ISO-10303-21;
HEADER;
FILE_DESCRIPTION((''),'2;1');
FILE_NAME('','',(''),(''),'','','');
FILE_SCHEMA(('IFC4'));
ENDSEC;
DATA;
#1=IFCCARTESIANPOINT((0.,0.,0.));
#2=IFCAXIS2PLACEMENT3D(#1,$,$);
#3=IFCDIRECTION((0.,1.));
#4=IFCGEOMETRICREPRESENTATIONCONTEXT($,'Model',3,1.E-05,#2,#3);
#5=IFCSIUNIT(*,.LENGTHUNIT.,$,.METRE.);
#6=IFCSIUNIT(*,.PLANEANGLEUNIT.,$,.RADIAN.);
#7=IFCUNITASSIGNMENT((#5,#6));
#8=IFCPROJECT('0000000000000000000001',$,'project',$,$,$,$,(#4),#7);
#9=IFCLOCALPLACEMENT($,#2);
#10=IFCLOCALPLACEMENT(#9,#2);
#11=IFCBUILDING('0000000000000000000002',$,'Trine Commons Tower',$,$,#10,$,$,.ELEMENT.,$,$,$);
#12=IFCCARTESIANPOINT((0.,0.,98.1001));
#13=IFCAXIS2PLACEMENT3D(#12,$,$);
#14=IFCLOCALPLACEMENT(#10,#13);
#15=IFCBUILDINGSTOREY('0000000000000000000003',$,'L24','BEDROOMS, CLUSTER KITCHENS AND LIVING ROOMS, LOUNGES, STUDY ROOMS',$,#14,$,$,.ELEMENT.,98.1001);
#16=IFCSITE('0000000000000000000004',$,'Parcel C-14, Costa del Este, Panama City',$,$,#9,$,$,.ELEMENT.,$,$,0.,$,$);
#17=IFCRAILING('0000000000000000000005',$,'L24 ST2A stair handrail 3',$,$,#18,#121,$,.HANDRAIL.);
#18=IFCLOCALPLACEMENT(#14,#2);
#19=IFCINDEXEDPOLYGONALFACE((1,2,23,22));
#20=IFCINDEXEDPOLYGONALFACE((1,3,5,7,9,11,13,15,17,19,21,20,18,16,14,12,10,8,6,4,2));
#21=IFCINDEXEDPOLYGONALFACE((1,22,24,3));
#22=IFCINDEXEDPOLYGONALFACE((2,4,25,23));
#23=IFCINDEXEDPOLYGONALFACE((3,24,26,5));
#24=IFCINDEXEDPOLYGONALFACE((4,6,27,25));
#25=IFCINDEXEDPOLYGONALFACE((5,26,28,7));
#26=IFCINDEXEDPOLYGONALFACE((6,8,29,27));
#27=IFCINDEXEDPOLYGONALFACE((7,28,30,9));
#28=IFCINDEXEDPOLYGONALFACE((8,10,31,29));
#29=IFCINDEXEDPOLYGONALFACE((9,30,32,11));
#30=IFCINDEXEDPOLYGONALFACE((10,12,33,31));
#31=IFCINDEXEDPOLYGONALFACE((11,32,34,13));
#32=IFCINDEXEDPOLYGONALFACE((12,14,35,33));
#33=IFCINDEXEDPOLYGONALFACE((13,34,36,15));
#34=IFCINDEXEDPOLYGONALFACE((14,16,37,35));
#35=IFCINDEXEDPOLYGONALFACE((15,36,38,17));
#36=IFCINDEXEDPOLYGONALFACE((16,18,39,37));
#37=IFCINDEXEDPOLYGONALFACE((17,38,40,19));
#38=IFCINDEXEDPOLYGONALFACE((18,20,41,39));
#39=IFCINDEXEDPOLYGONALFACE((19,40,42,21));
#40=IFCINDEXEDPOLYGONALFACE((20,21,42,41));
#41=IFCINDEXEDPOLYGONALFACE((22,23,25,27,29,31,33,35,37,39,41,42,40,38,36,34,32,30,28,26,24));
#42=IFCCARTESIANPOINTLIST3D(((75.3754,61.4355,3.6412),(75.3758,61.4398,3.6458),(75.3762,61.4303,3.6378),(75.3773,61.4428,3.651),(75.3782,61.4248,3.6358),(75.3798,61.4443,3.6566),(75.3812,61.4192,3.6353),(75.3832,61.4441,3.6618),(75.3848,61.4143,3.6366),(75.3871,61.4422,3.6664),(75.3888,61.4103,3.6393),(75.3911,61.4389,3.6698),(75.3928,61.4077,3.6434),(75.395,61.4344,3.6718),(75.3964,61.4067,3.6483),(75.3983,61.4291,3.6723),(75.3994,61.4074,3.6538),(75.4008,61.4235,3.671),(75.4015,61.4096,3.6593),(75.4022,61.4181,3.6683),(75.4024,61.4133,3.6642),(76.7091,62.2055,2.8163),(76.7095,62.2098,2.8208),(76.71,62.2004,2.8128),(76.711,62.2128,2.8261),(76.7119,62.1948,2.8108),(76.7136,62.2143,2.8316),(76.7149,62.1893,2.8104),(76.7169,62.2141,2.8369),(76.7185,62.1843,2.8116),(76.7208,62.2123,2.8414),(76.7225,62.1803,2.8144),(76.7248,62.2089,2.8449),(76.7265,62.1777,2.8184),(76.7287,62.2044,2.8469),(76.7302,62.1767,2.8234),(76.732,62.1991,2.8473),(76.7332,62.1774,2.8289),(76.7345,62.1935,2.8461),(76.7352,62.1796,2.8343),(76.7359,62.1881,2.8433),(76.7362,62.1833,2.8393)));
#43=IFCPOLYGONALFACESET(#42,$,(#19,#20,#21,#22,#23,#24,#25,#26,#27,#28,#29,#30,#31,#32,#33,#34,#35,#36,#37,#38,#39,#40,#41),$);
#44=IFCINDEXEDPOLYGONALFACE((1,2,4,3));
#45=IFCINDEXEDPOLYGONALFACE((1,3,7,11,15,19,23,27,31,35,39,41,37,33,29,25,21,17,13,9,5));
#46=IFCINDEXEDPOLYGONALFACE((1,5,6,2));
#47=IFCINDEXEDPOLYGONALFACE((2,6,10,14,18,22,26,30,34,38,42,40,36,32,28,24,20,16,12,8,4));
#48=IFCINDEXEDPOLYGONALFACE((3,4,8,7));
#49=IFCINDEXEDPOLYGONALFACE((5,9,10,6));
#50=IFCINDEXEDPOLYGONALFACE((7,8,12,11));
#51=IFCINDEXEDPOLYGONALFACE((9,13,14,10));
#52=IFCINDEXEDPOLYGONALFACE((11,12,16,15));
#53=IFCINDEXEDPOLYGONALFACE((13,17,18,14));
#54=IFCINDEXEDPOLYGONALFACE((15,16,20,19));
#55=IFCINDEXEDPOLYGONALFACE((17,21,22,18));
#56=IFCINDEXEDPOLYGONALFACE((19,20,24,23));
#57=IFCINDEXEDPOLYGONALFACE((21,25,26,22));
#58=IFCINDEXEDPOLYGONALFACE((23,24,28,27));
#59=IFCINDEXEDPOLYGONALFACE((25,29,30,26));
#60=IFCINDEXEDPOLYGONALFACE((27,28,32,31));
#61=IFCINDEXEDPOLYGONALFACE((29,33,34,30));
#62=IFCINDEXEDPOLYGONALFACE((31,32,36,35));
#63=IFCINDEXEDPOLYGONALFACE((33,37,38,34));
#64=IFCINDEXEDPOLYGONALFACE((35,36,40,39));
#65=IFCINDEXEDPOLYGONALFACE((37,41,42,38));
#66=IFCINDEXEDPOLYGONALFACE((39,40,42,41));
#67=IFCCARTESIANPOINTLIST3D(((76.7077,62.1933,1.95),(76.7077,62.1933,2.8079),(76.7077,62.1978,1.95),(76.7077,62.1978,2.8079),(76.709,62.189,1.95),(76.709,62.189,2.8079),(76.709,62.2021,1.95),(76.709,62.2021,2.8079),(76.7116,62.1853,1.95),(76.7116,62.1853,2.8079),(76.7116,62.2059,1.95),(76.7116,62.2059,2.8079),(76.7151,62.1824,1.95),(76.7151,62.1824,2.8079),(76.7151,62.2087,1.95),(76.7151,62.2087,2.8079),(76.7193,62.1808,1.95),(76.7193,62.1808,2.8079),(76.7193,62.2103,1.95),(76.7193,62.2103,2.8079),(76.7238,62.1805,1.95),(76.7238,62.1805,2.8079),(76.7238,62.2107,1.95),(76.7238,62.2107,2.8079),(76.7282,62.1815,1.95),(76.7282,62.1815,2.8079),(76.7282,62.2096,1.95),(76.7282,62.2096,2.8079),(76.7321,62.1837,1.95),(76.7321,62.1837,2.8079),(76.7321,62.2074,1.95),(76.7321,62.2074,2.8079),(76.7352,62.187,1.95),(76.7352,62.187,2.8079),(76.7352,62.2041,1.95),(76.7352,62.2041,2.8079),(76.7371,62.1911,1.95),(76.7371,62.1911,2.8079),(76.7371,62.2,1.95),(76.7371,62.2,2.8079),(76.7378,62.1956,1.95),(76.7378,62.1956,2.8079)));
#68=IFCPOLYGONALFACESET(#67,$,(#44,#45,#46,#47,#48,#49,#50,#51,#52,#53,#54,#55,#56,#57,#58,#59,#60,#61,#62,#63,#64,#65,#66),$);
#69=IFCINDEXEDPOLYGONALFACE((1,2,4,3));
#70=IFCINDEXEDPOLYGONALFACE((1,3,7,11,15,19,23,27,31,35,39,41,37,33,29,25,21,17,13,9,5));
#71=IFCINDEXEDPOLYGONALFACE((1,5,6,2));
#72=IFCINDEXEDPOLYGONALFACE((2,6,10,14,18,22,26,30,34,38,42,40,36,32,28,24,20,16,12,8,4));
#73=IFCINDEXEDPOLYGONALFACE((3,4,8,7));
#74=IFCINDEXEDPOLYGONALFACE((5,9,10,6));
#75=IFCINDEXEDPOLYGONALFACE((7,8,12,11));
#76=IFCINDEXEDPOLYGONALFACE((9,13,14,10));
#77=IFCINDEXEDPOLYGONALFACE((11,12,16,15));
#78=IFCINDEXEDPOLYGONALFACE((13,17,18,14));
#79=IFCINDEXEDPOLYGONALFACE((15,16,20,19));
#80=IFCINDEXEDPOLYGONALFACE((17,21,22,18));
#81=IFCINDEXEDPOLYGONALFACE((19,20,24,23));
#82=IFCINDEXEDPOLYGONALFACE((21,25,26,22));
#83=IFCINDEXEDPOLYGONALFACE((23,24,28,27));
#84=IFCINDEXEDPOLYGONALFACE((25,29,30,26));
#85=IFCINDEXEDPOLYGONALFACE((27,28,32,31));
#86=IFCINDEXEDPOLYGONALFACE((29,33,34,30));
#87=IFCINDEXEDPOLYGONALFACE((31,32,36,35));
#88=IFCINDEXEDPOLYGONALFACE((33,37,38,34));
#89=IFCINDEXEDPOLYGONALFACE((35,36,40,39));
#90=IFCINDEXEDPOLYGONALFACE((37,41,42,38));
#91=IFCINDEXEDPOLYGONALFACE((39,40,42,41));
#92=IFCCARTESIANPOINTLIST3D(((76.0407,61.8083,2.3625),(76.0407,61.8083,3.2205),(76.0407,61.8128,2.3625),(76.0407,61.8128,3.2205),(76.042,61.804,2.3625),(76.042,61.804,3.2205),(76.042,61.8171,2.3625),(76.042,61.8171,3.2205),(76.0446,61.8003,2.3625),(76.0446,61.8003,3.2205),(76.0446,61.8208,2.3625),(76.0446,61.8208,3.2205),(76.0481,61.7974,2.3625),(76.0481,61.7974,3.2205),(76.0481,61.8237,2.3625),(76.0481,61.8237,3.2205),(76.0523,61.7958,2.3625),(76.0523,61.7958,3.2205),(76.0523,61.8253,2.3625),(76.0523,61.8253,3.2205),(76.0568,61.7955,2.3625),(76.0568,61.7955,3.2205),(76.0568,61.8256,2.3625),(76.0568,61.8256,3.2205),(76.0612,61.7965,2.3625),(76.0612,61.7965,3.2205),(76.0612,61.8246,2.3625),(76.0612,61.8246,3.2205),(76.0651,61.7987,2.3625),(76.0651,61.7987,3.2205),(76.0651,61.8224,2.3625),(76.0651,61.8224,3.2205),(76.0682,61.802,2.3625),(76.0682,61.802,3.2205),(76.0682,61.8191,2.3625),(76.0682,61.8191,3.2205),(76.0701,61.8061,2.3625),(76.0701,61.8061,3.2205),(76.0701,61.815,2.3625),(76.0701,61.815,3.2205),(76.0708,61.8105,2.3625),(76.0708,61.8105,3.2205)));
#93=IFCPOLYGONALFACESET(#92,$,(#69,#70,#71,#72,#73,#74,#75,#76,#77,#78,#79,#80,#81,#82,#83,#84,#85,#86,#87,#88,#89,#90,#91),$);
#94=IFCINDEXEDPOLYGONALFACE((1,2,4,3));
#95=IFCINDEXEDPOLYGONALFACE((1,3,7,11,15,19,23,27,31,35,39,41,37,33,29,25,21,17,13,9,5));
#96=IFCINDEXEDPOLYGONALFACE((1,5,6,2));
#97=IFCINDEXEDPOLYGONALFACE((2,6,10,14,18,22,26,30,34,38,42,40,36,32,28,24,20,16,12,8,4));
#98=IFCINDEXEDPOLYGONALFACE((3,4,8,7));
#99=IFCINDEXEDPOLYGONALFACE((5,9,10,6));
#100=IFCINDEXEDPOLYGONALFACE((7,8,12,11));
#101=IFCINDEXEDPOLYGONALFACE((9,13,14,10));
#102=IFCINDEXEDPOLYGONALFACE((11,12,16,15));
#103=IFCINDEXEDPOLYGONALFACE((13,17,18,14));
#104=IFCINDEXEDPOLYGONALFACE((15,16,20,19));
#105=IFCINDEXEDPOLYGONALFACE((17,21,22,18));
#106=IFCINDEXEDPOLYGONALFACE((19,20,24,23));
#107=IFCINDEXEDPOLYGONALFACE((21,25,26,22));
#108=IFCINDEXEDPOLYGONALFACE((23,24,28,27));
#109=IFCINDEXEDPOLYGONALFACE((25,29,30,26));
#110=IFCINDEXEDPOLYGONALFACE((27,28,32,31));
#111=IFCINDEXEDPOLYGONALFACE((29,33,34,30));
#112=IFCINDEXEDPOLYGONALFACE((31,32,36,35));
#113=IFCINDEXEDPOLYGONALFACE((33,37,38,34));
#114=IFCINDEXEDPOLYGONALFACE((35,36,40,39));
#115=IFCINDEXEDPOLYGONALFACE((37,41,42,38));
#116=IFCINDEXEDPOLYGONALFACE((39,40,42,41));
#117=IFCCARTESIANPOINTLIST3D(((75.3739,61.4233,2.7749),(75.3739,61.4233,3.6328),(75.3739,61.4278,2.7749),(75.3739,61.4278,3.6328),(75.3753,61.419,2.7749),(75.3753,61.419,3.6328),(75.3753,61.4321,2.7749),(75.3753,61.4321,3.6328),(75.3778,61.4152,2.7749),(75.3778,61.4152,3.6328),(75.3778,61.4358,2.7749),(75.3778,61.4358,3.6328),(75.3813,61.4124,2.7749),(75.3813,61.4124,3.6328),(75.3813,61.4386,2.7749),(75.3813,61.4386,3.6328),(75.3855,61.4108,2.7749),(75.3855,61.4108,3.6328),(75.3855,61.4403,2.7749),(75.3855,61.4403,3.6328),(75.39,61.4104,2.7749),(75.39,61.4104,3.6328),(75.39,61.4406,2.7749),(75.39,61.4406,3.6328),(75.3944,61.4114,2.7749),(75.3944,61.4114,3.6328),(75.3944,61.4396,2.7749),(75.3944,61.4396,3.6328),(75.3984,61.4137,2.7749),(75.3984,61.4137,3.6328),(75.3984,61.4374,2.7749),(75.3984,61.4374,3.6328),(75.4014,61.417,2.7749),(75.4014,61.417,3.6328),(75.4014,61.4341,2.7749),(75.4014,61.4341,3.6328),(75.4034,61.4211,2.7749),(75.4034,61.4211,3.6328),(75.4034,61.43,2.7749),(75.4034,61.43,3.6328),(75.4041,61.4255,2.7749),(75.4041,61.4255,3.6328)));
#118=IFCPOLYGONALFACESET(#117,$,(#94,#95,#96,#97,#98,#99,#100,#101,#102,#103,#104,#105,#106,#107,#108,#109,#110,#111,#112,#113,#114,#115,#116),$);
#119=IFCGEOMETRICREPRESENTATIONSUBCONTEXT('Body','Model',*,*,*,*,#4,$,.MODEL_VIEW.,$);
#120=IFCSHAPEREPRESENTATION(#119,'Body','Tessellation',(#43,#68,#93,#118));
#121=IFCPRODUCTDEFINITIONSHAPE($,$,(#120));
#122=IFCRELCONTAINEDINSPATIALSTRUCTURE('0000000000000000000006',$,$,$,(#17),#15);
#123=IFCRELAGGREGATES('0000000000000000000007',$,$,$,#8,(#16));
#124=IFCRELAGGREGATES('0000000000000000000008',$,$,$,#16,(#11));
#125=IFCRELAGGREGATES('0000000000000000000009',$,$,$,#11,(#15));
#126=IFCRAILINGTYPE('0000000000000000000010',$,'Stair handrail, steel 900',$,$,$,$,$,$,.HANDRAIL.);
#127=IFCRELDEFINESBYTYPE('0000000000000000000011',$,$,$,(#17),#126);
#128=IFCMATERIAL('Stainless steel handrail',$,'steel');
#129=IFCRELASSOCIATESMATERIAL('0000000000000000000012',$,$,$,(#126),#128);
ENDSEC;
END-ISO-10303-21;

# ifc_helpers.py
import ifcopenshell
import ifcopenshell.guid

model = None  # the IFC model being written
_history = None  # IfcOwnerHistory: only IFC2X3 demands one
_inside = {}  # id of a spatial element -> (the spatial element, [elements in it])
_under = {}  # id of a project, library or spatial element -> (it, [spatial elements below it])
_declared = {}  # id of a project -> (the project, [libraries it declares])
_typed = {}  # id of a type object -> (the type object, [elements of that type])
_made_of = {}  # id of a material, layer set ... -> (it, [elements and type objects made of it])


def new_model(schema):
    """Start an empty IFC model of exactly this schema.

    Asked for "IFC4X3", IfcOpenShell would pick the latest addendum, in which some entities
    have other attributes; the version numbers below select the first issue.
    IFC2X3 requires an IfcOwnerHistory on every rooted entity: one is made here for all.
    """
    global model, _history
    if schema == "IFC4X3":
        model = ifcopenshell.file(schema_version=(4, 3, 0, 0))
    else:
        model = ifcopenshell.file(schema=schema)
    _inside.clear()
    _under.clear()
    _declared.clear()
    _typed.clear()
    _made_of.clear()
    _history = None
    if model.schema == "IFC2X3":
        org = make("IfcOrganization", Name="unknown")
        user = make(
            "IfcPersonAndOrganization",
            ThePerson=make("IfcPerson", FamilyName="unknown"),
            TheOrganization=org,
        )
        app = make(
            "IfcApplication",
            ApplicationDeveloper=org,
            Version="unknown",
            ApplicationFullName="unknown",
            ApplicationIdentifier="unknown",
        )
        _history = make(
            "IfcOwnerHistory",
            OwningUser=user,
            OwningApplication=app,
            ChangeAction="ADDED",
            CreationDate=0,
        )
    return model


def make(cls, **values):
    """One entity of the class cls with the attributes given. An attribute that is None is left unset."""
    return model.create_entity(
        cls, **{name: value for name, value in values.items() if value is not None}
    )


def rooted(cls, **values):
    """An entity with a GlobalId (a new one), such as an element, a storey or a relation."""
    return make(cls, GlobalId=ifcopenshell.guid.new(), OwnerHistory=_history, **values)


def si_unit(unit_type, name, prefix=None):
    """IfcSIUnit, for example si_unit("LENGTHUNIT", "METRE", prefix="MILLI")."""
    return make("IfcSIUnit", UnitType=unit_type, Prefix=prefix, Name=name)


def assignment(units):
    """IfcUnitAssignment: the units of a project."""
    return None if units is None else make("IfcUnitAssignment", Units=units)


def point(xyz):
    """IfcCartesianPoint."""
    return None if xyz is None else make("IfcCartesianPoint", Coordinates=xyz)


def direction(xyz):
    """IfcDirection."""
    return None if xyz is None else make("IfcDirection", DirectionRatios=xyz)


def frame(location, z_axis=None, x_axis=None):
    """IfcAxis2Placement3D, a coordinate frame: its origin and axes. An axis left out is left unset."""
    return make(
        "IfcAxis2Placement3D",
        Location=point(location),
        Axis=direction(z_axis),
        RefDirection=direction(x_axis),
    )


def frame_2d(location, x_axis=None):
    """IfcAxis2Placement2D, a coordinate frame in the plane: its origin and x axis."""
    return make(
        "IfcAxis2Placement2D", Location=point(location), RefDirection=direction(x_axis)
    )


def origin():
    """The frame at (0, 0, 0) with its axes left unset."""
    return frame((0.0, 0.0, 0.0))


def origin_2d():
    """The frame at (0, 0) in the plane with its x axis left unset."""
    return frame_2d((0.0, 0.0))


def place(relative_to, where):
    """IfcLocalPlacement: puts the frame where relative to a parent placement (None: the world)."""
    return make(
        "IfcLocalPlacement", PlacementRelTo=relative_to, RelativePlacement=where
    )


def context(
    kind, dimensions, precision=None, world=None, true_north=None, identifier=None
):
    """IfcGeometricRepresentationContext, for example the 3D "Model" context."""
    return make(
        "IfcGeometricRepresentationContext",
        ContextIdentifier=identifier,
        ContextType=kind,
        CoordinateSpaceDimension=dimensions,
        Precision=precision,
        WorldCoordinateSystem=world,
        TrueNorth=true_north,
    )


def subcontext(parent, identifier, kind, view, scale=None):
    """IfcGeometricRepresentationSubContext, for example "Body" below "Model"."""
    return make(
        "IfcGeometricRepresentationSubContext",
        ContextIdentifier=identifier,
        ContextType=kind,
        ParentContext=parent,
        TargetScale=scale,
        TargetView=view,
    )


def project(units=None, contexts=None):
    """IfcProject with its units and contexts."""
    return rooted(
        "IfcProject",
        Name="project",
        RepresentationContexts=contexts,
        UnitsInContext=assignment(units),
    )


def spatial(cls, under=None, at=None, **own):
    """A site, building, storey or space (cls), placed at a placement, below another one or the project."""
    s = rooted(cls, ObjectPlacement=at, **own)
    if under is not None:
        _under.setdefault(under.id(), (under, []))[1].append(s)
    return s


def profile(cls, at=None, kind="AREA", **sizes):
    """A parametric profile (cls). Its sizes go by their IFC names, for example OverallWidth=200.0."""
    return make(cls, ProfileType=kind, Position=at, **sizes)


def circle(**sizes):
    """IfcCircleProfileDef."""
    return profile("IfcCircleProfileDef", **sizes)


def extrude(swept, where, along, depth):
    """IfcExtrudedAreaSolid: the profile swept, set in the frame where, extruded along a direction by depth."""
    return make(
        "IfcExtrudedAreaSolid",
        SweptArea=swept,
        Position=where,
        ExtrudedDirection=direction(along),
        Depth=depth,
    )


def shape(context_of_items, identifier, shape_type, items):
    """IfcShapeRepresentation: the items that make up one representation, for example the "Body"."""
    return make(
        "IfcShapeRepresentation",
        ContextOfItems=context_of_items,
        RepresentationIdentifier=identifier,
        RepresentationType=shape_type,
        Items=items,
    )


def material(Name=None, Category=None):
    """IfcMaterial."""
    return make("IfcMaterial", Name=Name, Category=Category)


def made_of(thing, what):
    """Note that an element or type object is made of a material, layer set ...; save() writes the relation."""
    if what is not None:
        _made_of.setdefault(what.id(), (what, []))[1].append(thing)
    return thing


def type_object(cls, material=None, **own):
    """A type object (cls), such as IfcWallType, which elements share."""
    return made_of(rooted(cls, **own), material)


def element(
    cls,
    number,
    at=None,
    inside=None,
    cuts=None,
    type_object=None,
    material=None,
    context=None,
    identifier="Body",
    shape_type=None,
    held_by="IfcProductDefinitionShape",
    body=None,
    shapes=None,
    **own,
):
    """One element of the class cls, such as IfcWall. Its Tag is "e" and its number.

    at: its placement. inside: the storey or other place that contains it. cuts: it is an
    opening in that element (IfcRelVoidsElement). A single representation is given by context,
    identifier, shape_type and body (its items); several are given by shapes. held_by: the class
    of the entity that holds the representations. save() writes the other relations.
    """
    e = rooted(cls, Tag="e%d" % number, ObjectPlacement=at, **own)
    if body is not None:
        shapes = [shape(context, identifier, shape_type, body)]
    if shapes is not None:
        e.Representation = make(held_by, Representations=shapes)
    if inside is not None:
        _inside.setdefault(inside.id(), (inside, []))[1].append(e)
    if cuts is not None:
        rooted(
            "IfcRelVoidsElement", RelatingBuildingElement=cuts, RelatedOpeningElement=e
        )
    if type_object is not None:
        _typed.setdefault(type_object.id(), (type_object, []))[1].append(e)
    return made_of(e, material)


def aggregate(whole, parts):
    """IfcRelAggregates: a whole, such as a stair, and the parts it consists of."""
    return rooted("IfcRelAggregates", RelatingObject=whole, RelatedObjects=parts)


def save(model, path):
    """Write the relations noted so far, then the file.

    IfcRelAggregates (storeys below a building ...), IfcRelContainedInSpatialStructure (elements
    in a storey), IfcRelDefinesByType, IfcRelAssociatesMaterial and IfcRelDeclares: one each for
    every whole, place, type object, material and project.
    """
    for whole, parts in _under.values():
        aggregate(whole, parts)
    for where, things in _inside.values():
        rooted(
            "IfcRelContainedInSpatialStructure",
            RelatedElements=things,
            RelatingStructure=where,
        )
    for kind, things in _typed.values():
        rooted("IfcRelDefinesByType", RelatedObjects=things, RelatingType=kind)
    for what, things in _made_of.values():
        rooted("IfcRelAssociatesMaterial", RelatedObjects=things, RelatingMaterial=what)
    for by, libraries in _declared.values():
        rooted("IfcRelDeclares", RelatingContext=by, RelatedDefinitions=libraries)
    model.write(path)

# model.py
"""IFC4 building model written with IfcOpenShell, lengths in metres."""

from ifc_helpers import new_model, si_unit, direction, frame, origin, origin_2d, place, context, subcontext, project, spatial, circle, extrude, material, type_object, element, save


model = new_model("IFC4")

# Units and contexts
model_context = context("Model", 3, precision=1e-05, world=origin(), true_north=direction((0.0, 1.0)))
body_context = subcontext(model_context, "Body", "Model", "MODEL_VIEW")
ifc_project = project(units=[si_unit("LENGTHUNIT", "METRE"), si_unit("PLANEANGLEUNIT", "RADIAN")], contexts=[model_context])

# Site, building, storey
site_placement = place(None, origin())
site = spatial("IfcSite", under=ifc_project, at=site_placement, Name="Parcel C-14, Costa del Este, Panama City", CompositionType="ELEMENT", RefElevation=0.0)
building_placement = place(site_placement, origin())
building = spatial("IfcBuilding", under=site, at=building_placement, Name="Trine Commons Tower", CompositionType="ELEMENT")
storey_placement = place(building_placement, frame((0.0, 0.0, 98.1001)))
storey = spatial("IfcBuildingStorey", under=building, at=storey_placement, Name="L24", Description="BEDROOMS, CLUSTER KITCHENS AND LIVING ROOMS, LOUNGES, STUDY ROOMS", CompositionType="ELEMENT", Elevation=98.1001)

# Railing
ifc_material_1 = material(Name="Stainless steel handrail", Category="steel")
railing_type = type_object("IfcRailingType", Name="Stair handrail, steel 900", PredefinedType="HANDRAIL", material=ifc_material_1)
railing_1_placement = place(storey_placement, frame((76.7227, 62.1956, 1.95)))
element("IfcRailing", 1, at=railing_1_placement, inside=storey, type_object=railing_type, Name="L24 ST2A stair handrail 3", PredefinedType="HANDRAIL", context=body_context, shape_type="SweptSolid", body=[
    extrude(circle(Radius=0.021, at=origin_2d()), frame((0.0, 0.0, 0.8789), z_axis=(-0.763405, -0.440743, 0.472185), x_axis=(0.499992, -0.86603, 0.0)), (0.0, 0.0, 1.0), 1.7471),
    extrude(circle(Radius=0.0151, at=origin_2d()), origin(), (0.0, 0.0, 1.0), 0.8579),
    extrude(circle(Radius=0.0151, at=origin_2d()), frame((-0.667, -0.385, 0.4126)), (0.0, 0.0, 1.0), 0.8579),
    extrude(circle(Radius=0.0151, at=origin_2d()), frame((-1.3337, -0.77, 0.825)), (0.0, 0.0, 1.0), 0.8579),
])

save(model, "model.ifc")
